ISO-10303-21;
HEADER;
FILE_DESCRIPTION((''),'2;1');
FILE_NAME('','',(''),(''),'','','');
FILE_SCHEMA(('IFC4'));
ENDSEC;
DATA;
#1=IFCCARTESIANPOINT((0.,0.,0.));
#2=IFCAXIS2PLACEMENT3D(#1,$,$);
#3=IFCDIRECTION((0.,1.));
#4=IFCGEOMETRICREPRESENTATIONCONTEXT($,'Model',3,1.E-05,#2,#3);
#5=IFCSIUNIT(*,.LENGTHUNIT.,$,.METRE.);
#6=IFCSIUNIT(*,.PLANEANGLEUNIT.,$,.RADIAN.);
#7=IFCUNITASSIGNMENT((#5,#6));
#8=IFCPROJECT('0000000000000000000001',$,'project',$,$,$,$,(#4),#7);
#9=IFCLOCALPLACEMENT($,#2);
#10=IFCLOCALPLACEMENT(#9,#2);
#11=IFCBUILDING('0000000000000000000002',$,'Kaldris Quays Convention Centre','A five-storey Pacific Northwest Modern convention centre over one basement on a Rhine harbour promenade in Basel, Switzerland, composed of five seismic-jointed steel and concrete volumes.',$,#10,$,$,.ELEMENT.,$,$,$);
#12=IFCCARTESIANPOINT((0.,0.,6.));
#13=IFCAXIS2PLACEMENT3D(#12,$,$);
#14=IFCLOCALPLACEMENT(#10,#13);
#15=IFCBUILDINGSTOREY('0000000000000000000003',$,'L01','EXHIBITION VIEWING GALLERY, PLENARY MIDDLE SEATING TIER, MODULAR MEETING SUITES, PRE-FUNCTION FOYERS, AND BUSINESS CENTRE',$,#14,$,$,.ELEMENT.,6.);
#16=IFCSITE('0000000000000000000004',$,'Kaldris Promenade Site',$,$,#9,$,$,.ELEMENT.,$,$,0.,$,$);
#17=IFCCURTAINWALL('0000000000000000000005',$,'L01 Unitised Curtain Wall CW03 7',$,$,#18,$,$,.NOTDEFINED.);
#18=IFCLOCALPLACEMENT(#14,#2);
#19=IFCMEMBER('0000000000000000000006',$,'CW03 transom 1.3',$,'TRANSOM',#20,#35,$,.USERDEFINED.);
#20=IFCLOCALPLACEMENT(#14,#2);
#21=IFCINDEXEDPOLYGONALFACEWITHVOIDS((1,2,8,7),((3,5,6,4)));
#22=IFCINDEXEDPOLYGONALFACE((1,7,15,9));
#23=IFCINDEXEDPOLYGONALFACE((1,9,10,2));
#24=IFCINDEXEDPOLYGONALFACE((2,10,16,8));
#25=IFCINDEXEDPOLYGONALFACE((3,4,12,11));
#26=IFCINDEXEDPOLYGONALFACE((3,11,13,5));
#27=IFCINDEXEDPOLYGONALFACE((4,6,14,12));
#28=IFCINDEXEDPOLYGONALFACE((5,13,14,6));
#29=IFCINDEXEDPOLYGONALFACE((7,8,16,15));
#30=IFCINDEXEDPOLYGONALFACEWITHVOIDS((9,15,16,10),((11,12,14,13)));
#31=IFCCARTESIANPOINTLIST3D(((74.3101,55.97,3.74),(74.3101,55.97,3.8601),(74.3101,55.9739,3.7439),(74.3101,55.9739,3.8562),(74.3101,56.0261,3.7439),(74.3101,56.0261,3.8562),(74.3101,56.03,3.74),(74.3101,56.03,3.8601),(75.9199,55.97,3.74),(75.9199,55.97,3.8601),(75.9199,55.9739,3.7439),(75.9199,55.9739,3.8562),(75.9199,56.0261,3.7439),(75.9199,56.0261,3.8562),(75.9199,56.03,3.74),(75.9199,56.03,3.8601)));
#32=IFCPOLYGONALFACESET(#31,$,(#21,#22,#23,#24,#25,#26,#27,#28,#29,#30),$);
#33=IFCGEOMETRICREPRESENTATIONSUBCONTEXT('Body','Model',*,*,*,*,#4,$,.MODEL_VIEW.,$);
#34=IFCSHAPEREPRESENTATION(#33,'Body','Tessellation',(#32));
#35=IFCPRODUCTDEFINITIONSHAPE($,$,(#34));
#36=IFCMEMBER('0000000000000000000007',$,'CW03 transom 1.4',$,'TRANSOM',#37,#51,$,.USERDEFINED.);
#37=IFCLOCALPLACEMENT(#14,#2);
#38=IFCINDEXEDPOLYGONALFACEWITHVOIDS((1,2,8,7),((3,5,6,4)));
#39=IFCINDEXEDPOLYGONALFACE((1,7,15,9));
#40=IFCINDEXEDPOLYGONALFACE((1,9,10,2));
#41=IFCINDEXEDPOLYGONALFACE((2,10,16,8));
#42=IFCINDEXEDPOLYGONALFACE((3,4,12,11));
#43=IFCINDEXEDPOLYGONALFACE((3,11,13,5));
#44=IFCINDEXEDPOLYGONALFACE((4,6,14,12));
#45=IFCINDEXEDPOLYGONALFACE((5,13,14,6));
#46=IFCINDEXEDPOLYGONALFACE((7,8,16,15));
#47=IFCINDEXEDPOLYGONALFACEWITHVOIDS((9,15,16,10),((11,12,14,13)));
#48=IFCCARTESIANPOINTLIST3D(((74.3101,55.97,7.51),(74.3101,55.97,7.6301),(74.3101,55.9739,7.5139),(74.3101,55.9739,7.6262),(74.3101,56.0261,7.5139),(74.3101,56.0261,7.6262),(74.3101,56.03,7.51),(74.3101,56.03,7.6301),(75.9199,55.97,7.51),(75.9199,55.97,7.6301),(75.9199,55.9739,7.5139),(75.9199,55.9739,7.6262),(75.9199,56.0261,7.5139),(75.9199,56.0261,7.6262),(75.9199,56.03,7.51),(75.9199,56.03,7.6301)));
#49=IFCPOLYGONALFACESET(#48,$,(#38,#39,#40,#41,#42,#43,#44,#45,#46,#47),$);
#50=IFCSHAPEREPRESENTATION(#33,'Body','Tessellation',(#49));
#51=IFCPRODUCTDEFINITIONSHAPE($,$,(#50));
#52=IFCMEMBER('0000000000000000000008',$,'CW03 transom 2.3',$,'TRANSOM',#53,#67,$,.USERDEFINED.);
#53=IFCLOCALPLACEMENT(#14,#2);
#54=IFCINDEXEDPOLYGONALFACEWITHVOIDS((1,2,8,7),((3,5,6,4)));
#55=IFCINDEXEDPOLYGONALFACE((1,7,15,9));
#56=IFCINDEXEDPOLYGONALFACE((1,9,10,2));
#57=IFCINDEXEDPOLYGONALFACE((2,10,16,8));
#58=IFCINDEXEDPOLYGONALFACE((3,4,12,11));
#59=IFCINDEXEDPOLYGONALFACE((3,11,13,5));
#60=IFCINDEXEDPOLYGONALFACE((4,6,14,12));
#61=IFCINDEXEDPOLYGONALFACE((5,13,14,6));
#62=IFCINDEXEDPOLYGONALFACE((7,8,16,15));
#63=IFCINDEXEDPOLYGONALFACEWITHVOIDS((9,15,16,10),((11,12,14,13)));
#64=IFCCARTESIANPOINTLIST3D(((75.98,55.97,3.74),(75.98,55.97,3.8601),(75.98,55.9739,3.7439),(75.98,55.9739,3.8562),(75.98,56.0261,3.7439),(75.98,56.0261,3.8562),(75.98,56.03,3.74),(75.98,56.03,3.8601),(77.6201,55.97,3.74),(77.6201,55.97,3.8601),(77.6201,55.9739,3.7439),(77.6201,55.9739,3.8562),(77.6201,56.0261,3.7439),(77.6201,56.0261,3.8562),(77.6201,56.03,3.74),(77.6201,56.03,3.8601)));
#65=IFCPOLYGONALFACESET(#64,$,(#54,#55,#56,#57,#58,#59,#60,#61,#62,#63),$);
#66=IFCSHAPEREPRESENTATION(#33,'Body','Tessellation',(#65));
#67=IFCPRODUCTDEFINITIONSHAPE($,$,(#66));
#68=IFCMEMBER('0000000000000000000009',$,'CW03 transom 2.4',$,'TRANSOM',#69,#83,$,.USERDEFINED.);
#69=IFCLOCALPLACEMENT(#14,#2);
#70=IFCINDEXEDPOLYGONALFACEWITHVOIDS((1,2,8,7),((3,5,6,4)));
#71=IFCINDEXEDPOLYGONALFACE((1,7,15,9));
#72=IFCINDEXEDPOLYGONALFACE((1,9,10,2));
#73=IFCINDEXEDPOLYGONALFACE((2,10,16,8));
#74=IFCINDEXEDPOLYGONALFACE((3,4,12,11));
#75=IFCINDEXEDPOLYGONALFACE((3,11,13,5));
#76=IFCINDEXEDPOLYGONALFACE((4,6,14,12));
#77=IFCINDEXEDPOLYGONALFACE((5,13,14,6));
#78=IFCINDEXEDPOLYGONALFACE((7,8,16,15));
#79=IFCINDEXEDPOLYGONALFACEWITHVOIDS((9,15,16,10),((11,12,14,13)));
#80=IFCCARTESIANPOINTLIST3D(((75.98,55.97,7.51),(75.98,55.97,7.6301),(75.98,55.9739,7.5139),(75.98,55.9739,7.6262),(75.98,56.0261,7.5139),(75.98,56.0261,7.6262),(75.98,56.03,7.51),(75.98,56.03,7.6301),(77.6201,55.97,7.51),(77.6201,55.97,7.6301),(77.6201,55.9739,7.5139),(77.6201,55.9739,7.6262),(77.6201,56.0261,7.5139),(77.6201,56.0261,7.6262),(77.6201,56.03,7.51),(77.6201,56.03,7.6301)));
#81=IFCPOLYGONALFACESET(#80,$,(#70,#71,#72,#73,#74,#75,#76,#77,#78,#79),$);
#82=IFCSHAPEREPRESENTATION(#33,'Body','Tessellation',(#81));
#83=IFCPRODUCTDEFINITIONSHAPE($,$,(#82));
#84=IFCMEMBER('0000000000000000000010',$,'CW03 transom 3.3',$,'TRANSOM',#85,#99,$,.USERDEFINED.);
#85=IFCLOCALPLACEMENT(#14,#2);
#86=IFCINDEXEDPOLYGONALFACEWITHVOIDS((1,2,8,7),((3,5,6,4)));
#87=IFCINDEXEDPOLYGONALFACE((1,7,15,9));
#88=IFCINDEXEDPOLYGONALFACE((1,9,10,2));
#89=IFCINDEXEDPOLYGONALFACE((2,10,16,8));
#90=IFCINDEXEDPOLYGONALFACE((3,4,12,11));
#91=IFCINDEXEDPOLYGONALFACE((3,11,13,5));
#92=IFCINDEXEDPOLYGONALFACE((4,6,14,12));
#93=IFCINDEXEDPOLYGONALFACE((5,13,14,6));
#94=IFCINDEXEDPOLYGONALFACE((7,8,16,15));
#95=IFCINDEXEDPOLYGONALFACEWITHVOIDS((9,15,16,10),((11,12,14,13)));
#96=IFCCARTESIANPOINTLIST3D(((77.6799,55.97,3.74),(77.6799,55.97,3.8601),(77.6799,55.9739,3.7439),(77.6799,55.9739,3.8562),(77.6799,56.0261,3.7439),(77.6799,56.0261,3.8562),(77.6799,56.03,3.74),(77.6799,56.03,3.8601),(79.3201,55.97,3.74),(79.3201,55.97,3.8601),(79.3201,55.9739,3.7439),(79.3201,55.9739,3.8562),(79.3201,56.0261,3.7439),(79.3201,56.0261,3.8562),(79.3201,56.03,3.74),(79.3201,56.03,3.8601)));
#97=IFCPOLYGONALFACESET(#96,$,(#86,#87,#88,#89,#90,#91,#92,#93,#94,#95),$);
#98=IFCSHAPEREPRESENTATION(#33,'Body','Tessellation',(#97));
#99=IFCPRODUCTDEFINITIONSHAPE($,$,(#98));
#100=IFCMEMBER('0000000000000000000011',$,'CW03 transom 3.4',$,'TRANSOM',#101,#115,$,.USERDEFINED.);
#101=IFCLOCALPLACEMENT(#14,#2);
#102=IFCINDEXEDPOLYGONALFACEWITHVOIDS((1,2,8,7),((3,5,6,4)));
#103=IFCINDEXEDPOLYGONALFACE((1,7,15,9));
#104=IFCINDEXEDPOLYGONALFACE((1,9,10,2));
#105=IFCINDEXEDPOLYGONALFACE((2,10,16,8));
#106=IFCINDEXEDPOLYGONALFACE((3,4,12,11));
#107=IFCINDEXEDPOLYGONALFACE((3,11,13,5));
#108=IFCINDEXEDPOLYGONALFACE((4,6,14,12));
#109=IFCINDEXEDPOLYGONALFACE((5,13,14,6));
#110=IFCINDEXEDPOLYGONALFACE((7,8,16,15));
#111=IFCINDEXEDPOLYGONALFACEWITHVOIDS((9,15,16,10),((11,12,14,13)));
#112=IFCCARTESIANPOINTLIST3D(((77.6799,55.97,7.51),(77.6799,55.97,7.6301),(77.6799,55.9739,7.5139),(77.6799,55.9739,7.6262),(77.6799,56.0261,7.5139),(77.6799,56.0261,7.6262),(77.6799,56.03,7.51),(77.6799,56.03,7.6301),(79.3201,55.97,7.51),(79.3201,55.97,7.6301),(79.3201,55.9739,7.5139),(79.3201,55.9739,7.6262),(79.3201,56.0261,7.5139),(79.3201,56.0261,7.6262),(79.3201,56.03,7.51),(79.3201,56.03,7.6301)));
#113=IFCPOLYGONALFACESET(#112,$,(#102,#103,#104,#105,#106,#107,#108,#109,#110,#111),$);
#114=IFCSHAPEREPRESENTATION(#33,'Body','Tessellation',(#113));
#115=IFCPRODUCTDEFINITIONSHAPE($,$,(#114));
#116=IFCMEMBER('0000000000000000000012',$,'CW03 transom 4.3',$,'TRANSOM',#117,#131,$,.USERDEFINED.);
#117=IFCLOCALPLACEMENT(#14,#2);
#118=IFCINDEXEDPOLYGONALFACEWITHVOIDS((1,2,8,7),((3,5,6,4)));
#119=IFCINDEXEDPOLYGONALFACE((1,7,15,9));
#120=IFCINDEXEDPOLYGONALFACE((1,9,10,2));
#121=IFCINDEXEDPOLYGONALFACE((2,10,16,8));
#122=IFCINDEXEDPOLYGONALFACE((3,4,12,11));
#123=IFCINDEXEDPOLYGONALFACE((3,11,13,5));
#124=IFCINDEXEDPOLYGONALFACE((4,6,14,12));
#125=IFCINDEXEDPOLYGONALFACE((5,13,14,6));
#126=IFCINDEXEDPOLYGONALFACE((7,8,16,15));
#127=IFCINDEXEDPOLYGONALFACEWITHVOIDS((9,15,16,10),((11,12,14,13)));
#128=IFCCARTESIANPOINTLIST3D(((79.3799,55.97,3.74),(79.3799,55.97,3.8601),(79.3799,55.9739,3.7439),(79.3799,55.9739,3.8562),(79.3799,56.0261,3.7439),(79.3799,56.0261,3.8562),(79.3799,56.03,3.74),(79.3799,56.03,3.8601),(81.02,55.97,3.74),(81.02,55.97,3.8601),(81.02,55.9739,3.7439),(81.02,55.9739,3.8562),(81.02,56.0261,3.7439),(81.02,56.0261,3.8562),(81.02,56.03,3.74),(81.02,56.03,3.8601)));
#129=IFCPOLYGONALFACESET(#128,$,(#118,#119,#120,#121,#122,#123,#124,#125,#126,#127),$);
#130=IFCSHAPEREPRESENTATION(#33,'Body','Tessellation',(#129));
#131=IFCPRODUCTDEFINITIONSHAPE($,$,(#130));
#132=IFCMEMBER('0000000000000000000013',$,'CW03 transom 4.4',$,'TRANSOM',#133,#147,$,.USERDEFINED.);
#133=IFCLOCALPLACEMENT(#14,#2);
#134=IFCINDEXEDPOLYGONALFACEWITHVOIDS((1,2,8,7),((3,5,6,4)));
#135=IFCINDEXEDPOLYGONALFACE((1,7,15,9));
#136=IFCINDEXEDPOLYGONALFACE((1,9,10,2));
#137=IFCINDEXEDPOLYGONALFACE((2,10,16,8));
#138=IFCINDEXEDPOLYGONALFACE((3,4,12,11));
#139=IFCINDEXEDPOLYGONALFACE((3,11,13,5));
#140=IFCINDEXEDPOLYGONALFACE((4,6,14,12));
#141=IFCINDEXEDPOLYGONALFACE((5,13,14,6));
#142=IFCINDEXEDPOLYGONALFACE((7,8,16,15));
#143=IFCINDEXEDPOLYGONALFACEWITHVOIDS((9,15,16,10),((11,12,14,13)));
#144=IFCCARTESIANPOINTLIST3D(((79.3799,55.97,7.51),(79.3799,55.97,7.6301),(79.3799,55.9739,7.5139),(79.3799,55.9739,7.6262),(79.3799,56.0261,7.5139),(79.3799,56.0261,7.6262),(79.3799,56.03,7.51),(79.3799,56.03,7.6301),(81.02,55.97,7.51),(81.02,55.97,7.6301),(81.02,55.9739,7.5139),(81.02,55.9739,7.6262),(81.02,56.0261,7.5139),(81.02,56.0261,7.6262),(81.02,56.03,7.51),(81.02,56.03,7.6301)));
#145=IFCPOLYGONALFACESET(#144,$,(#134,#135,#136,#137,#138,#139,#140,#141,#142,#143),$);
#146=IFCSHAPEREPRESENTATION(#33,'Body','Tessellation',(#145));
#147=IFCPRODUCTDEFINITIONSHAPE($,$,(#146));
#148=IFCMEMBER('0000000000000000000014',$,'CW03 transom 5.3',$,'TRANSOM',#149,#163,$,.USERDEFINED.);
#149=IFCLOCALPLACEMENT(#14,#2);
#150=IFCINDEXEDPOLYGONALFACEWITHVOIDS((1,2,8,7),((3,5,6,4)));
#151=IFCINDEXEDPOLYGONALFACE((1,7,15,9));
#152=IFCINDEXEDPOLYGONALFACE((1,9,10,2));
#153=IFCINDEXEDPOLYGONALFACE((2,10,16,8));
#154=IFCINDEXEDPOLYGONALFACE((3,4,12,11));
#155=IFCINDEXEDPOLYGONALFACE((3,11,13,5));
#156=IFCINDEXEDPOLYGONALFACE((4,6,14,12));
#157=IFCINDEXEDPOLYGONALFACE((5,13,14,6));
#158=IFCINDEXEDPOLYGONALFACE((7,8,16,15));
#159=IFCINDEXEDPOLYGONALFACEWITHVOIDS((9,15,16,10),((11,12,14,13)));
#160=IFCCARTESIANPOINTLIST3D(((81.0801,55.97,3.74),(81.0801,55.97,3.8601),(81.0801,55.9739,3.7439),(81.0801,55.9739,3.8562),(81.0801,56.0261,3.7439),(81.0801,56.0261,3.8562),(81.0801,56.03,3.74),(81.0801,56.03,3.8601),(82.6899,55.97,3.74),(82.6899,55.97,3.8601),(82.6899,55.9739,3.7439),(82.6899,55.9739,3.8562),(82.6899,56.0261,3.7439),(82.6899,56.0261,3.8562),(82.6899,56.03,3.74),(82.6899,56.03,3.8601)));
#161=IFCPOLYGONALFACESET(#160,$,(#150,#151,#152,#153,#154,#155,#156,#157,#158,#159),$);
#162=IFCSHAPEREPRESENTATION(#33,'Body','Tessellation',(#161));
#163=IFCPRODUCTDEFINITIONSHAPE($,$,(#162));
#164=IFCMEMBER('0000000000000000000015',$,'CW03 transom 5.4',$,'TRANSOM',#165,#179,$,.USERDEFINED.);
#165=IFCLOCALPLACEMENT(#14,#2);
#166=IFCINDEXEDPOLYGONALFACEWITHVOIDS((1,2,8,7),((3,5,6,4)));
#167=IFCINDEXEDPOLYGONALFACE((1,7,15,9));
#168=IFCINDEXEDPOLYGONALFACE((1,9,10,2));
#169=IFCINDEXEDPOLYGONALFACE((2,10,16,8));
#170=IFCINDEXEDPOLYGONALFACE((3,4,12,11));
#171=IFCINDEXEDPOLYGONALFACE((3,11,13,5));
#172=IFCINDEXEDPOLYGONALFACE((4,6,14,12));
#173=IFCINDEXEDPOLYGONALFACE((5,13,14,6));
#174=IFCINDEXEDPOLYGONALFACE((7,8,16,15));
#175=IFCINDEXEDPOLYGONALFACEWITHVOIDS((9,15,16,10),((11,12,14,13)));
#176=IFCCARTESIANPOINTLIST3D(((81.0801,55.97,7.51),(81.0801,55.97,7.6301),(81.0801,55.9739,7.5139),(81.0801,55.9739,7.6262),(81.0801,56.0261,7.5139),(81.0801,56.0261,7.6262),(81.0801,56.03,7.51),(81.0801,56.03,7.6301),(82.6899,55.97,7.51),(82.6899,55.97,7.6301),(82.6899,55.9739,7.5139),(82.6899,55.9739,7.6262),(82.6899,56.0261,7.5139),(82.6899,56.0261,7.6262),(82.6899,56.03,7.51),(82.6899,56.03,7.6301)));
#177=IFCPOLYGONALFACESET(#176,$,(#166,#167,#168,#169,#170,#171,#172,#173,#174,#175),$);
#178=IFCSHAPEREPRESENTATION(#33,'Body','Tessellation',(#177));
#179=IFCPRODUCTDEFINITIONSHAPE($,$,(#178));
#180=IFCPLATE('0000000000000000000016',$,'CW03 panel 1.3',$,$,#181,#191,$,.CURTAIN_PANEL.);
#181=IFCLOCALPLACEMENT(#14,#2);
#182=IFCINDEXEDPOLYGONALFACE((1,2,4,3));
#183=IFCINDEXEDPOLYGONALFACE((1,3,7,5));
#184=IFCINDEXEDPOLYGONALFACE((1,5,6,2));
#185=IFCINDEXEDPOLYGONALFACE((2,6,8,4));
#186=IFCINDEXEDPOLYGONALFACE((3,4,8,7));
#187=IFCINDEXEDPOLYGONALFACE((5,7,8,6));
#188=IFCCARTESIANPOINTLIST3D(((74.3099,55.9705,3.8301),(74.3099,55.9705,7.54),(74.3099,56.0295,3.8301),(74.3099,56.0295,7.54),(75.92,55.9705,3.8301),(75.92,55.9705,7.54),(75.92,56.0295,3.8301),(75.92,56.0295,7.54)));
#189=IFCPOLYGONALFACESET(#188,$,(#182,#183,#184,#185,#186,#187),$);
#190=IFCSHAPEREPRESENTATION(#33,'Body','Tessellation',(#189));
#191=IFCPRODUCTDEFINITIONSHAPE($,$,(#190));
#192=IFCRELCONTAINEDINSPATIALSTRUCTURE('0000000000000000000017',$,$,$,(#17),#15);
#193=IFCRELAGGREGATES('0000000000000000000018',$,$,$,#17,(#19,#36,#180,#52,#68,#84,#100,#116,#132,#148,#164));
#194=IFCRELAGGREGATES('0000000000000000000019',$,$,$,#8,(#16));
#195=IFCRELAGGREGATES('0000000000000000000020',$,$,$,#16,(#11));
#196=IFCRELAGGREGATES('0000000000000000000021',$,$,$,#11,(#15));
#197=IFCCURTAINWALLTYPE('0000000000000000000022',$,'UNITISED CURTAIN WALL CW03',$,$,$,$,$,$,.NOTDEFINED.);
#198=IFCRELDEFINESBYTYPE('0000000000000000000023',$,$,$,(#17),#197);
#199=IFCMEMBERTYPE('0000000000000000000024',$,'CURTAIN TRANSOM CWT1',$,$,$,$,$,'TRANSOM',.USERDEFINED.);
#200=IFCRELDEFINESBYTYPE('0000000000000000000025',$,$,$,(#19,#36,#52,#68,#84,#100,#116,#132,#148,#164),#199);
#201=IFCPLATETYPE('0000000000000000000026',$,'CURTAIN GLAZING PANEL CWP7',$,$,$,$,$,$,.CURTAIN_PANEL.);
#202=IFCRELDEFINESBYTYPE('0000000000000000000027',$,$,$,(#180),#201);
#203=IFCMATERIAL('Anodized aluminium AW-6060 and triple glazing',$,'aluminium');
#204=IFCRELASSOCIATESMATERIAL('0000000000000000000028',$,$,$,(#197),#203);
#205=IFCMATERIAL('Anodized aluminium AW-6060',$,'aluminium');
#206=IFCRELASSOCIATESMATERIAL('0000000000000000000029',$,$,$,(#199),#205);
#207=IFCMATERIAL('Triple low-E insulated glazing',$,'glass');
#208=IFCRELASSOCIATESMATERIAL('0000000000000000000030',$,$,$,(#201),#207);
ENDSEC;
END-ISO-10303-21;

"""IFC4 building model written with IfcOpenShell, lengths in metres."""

from ifc_helpers import new_model, si_unit, direction, frame, origin, origin_2d, place, context, subcontext, project, spatial, rectangle, hollow_rectangle, extrude, material, material_profile, profile_set, type_object, element, aggregate, save


model = new_model("IFC4")

# Units and contexts
model_context = context("Model", 3, precision=1e-05, world=origin(), true_north=direction((0.0, 1.0)))
body_context = subcontext(model_context, "Body", "Model", "MODEL_VIEW")
ifc_project = project(units=[si_unit("LENGTHUNIT", "METRE"), si_unit("PLANEANGLEUNIT", "RADIAN")], contexts=[model_context])

# Site, building, storey
site_placement = place(None, origin())
site = spatial("IfcSite", under=ifc_project, at=site_placement, Name="Kaldris Promenade Site", CompositionType="ELEMENT", RefElevation=0.0)
building_placement = place(site_placement, origin())
building = spatial("IfcBuilding", under=site, at=building_placement, Name="Kaldris Quays Convention Centre", Description="A five-storey Pacific Northwest Modern convention centre over one basement on a Rhine harbour promenade in Basel, Switzerland, composed of five seismic-jointed steel and concrete volumes.", CompositionType="ELEMENT")
storey_placement = place(building_placement, frame((0.0, 0.0, 6.0)))
storey = spatial("IfcBuildingStorey", under=building, at=storey_placement, Name="L01", Description="EXHIBITION VIEWING GALLERY, PLENARY MIDDLE SEATING TIER, MODULAR MEETING SUITES, PRE-FUNCTION FOYERS, AND BUSINESS CENTRE", CompositionType="ELEMENT", Elevation=6.0)

# Curtain wall, members, plate
ifc_material_1 = material(Name="Anodized aluminium AW-6060 and triple glazing", Category="aluminium")
curtain_wall_type = type_object("IfcCurtainWallType", Name="UNITISED CURTAIN WALL CW03", PredefinedType="NOTDEFINED", material=ifc_material_1)
curtain_wall_placement = place(storey_placement, origin())
curtain_wall = element("IfcCurtainWall", 1, at=curtain_wall_placement, inside=storey, type_object=curtain_wall_type, Name="L01 Unitised Curtain Wall CW03 7", PredefinedType="NOTDEFINED")
ifc_material_2 = material(Name="Anodized aluminium AW-6060", Category="aluminium")
ifc_material_profile = material_profile(ifc_material_2, hollow_rectangle(XDim=0.0601, YDim=0.1201, WallThickness=0.0039, at=origin_2d()), Name="RHS 120x60x4")
ifc_profile_set = profile_set([ifc_material_profile], Name="Anodized aluminium AW-6060")
member_type = type_object("IfcMemberType", Name="CURTAIN TRANSOM CWT1", ElementType="TRANSOM", PredefinedType="USERDEFINED", material=ifc_profile_set)
member_1_placement = place(storey_placement, frame((74.3101, 56.0, 3.8), z_axis=(1.0, 0.0, 0.0), x_axis=(0.0, 1.0, 0.0)))
member_1 = element("IfcMember", 2, at=member_1_placement, type_object=member_type, Name="CW03 transom 1.3", ObjectType="TRANSOM", PredefinedType="USERDEFINED", context=body_context, shape_type="SweptSolid", body=[
    extrude(hollow_rectangle(XDim=0.0601, YDim=0.1201, WallThickness=0.0039, at=origin_2d()), origin(), (0.0, 0.0, 1.0), 1.6099),
])
member_2_placement = place(storey_placement, frame((74.3101, 56.0, 7.5701), z_axis=(1.0, 0.0, 0.0), x_axis=(0.0, 1.0, 0.0)))
member_2 = element("IfcMember", 3, at=member_2_placement, type_object=member_type, Name="CW03 transom 1.4", ObjectType="TRANSOM", PredefinedType="USERDEFINED", context=body_context, shape_type="SweptSolid", body=[
    extrude(hollow_rectangle(XDim=0.0601, YDim=0.1201, WallThickness=0.0039, at=origin_2d()), origin(), (0.0, 0.0, 1.0), 1.6099),
])
member_3_placement = place(storey_placement, frame((75.98, 56.0, 3.8), z_axis=(1.0, 0.0, 0.0), x_axis=(0.0, 1.0, 0.0)))
member_3 = element("IfcMember", 4, at=member_3_placement, type_object=member_type, Name="CW03 transom 2.3", ObjectType="TRANSOM", PredefinedType="USERDEFINED", context=body_context, shape_type="SweptSolid", body=[
    extrude(hollow_rectangle(XDim=0.0601, YDim=0.1201, WallThickness=0.0039, at=origin_2d()), origin(), (0.0, 0.0, 1.0), 1.6401),
])
member_4_placement = place(storey_placement, frame((75.98, 56.0, 7.5701), z_axis=(1.0, 0.0, 0.0), x_axis=(0.0, 1.0, 0.0)))
member_4 = element("IfcMember", 5, at=member_4_placement, type_object=member_type, Name="CW03 transom 2.4", ObjectType="TRANSOM", PredefinedType="USERDEFINED", context=body_context, shape_type="SweptSolid", body=[
    extrude(hollow_rectangle(XDim=0.0601, YDim=0.1201, WallThickness=0.0039, at=origin_2d()), origin(), (0.0, 0.0, 1.0), 1.6401),
])
member_5_placement = place(storey_placement, frame((77.6799, 56.0, 3.8), z_axis=(1.0, 0.0, 0.0), x_axis=(0.0, 1.0, 0.0)))
member_5 = element("IfcMember", 6, at=member_5_placement, type_object=member_type, Name="CW03 transom 3.3", ObjectType="TRANSOM", PredefinedType="USERDEFINED", context=body_context, shape_type="SweptSolid", body=[
    extrude(hollow_rectangle(XDim=0.0601, YDim=0.1201, WallThickness=0.0039, at=origin_2d()), origin(), (0.0, 0.0, 1.0), 1.6401),
])
member_6_placement = place(storey_placement, frame((77.6799, 56.0, 7.5701), z_axis=(1.0, 0.0, 0.0), x_axis=(0.0, 1.0, 0.0)))
member_6 = element("IfcMember", 7, at=member_6_placement, type_object=member_type, Name="CW03 transom 3.4", ObjectType="TRANSOM", PredefinedType="USERDEFINED", context=body_context, shape_type="SweptSolid", body=[
    extrude(hollow_rectangle(XDim=0.0601, YDim=0.1201, WallThickness=0.0039, at=origin_2d()), origin(), (0.0, 0.0, 1.0), 1.6401),
])
member_7_placement = place(storey_placement, frame((79.3799, 56.0, 3.8), z_axis=(1.0, 0.0, 0.0), x_axis=(0.0, 1.0, 0.0)))
member_7 = element("IfcMember", 8, at=member_7_placement, type_object=member_type, Name="CW03 transom 4.3", ObjectType="TRANSOM", PredefinedType="USERDEFINED", context=body_context, shape_type="SweptSolid", body=[
    extrude(hollow_rectangle(XDim=0.0601, YDim=0.1201, WallThickness=0.0039, at=origin_2d()), origin(), (0.0, 0.0, 1.0), 1.6401),
])
member_8_placement = place(storey_placement, frame((79.3799, 56.0, 7.5701), z_axis=(1.0, 0.0, 0.0), x_axis=(0.0, 1.0, 0.0)))
member_8 = element("IfcMember", 9, at=member_8_placement, type_object=member_type, Name="CW03 transom 4.4", ObjectType="TRANSOM", PredefinedType="USERDEFINED", context=body_context, shape_type="SweptSolid", body=[
    extrude(hollow_rectangle(XDim=0.0601, YDim=0.1201, WallThickness=0.0039, at=origin_2d()), origin(), (0.0, 0.0, 1.0), 1.6401),
])
member_9_placement = place(storey_placement, frame((81.0801, 56.0, 3.8), z_axis=(1.0, 0.0, 0.0), x_axis=(0.0, 1.0, 0.0)))
member_9 = element("IfcMember", 10, at=member_9_placement, type_object=member_type, Name="CW03 transom 5.3", ObjectType="TRANSOM", PredefinedType="USERDEFINED", context=body_context, shape_type="SweptSolid", body=[
    extrude(hollow_rectangle(XDim=0.0601, YDim=0.1201, WallThickness=0.0039, at=origin_2d()), origin(), (0.0, 0.0, 1.0), 1.6099),
])
member_10_placement = place(storey_placement, frame((81.0801, 56.0, 7.5701), z_axis=(1.0, 0.0, 0.0), x_axis=(0.0, 1.0, 0.0)))
member_10 = element("IfcMember", 11, at=member_10_placement, type_object=member_type, Name="CW03 transom 5.4", ObjectType="TRANSOM", PredefinedType="USERDEFINED", context=body_context, shape_type="SweptSolid", body=[
    extrude(hollow_rectangle(XDim=0.0601, YDim=0.1201, WallThickness=0.0039, at=origin_2d()), origin(), (0.0, 0.0, 1.0), 1.6099),
])
ifc_material_3 = material(Name="Triple low-E insulated glazing", Category="glass")
plate_type = type_object("IfcPlateType", Name="CURTAIN GLAZING PANEL CWP7", PredefinedType="CURTAIN_PANEL", material=ifc_material_3)
plate_1_placement = place(storey_placement, frame((75.115, 56.0, 3.8301), z_axis=(0.0, 0.0, 1.0), x_axis=(1.0, 0.0, 0.0)))
plate_1 = element("IfcPlate", 12, at=plate_1_placement, type_object=plate_type, Name="CW03 panel 1.3", PredefinedType="CURTAIN_PANEL", context=body_context, shape_type="SweptSolid", body=[
    extrude(rectangle(XDim=1.6101, YDim=0.0591, at=origin_2d()), origin(), (0.0, 0.0, 1.0), 3.71),
])
aggregate(curtain_wall, [member_1, member_2, plate_1, member_3, member_4, member_5, member_6, member_7, member_8, member_9, member_10])

save(model, "model.ifc")
